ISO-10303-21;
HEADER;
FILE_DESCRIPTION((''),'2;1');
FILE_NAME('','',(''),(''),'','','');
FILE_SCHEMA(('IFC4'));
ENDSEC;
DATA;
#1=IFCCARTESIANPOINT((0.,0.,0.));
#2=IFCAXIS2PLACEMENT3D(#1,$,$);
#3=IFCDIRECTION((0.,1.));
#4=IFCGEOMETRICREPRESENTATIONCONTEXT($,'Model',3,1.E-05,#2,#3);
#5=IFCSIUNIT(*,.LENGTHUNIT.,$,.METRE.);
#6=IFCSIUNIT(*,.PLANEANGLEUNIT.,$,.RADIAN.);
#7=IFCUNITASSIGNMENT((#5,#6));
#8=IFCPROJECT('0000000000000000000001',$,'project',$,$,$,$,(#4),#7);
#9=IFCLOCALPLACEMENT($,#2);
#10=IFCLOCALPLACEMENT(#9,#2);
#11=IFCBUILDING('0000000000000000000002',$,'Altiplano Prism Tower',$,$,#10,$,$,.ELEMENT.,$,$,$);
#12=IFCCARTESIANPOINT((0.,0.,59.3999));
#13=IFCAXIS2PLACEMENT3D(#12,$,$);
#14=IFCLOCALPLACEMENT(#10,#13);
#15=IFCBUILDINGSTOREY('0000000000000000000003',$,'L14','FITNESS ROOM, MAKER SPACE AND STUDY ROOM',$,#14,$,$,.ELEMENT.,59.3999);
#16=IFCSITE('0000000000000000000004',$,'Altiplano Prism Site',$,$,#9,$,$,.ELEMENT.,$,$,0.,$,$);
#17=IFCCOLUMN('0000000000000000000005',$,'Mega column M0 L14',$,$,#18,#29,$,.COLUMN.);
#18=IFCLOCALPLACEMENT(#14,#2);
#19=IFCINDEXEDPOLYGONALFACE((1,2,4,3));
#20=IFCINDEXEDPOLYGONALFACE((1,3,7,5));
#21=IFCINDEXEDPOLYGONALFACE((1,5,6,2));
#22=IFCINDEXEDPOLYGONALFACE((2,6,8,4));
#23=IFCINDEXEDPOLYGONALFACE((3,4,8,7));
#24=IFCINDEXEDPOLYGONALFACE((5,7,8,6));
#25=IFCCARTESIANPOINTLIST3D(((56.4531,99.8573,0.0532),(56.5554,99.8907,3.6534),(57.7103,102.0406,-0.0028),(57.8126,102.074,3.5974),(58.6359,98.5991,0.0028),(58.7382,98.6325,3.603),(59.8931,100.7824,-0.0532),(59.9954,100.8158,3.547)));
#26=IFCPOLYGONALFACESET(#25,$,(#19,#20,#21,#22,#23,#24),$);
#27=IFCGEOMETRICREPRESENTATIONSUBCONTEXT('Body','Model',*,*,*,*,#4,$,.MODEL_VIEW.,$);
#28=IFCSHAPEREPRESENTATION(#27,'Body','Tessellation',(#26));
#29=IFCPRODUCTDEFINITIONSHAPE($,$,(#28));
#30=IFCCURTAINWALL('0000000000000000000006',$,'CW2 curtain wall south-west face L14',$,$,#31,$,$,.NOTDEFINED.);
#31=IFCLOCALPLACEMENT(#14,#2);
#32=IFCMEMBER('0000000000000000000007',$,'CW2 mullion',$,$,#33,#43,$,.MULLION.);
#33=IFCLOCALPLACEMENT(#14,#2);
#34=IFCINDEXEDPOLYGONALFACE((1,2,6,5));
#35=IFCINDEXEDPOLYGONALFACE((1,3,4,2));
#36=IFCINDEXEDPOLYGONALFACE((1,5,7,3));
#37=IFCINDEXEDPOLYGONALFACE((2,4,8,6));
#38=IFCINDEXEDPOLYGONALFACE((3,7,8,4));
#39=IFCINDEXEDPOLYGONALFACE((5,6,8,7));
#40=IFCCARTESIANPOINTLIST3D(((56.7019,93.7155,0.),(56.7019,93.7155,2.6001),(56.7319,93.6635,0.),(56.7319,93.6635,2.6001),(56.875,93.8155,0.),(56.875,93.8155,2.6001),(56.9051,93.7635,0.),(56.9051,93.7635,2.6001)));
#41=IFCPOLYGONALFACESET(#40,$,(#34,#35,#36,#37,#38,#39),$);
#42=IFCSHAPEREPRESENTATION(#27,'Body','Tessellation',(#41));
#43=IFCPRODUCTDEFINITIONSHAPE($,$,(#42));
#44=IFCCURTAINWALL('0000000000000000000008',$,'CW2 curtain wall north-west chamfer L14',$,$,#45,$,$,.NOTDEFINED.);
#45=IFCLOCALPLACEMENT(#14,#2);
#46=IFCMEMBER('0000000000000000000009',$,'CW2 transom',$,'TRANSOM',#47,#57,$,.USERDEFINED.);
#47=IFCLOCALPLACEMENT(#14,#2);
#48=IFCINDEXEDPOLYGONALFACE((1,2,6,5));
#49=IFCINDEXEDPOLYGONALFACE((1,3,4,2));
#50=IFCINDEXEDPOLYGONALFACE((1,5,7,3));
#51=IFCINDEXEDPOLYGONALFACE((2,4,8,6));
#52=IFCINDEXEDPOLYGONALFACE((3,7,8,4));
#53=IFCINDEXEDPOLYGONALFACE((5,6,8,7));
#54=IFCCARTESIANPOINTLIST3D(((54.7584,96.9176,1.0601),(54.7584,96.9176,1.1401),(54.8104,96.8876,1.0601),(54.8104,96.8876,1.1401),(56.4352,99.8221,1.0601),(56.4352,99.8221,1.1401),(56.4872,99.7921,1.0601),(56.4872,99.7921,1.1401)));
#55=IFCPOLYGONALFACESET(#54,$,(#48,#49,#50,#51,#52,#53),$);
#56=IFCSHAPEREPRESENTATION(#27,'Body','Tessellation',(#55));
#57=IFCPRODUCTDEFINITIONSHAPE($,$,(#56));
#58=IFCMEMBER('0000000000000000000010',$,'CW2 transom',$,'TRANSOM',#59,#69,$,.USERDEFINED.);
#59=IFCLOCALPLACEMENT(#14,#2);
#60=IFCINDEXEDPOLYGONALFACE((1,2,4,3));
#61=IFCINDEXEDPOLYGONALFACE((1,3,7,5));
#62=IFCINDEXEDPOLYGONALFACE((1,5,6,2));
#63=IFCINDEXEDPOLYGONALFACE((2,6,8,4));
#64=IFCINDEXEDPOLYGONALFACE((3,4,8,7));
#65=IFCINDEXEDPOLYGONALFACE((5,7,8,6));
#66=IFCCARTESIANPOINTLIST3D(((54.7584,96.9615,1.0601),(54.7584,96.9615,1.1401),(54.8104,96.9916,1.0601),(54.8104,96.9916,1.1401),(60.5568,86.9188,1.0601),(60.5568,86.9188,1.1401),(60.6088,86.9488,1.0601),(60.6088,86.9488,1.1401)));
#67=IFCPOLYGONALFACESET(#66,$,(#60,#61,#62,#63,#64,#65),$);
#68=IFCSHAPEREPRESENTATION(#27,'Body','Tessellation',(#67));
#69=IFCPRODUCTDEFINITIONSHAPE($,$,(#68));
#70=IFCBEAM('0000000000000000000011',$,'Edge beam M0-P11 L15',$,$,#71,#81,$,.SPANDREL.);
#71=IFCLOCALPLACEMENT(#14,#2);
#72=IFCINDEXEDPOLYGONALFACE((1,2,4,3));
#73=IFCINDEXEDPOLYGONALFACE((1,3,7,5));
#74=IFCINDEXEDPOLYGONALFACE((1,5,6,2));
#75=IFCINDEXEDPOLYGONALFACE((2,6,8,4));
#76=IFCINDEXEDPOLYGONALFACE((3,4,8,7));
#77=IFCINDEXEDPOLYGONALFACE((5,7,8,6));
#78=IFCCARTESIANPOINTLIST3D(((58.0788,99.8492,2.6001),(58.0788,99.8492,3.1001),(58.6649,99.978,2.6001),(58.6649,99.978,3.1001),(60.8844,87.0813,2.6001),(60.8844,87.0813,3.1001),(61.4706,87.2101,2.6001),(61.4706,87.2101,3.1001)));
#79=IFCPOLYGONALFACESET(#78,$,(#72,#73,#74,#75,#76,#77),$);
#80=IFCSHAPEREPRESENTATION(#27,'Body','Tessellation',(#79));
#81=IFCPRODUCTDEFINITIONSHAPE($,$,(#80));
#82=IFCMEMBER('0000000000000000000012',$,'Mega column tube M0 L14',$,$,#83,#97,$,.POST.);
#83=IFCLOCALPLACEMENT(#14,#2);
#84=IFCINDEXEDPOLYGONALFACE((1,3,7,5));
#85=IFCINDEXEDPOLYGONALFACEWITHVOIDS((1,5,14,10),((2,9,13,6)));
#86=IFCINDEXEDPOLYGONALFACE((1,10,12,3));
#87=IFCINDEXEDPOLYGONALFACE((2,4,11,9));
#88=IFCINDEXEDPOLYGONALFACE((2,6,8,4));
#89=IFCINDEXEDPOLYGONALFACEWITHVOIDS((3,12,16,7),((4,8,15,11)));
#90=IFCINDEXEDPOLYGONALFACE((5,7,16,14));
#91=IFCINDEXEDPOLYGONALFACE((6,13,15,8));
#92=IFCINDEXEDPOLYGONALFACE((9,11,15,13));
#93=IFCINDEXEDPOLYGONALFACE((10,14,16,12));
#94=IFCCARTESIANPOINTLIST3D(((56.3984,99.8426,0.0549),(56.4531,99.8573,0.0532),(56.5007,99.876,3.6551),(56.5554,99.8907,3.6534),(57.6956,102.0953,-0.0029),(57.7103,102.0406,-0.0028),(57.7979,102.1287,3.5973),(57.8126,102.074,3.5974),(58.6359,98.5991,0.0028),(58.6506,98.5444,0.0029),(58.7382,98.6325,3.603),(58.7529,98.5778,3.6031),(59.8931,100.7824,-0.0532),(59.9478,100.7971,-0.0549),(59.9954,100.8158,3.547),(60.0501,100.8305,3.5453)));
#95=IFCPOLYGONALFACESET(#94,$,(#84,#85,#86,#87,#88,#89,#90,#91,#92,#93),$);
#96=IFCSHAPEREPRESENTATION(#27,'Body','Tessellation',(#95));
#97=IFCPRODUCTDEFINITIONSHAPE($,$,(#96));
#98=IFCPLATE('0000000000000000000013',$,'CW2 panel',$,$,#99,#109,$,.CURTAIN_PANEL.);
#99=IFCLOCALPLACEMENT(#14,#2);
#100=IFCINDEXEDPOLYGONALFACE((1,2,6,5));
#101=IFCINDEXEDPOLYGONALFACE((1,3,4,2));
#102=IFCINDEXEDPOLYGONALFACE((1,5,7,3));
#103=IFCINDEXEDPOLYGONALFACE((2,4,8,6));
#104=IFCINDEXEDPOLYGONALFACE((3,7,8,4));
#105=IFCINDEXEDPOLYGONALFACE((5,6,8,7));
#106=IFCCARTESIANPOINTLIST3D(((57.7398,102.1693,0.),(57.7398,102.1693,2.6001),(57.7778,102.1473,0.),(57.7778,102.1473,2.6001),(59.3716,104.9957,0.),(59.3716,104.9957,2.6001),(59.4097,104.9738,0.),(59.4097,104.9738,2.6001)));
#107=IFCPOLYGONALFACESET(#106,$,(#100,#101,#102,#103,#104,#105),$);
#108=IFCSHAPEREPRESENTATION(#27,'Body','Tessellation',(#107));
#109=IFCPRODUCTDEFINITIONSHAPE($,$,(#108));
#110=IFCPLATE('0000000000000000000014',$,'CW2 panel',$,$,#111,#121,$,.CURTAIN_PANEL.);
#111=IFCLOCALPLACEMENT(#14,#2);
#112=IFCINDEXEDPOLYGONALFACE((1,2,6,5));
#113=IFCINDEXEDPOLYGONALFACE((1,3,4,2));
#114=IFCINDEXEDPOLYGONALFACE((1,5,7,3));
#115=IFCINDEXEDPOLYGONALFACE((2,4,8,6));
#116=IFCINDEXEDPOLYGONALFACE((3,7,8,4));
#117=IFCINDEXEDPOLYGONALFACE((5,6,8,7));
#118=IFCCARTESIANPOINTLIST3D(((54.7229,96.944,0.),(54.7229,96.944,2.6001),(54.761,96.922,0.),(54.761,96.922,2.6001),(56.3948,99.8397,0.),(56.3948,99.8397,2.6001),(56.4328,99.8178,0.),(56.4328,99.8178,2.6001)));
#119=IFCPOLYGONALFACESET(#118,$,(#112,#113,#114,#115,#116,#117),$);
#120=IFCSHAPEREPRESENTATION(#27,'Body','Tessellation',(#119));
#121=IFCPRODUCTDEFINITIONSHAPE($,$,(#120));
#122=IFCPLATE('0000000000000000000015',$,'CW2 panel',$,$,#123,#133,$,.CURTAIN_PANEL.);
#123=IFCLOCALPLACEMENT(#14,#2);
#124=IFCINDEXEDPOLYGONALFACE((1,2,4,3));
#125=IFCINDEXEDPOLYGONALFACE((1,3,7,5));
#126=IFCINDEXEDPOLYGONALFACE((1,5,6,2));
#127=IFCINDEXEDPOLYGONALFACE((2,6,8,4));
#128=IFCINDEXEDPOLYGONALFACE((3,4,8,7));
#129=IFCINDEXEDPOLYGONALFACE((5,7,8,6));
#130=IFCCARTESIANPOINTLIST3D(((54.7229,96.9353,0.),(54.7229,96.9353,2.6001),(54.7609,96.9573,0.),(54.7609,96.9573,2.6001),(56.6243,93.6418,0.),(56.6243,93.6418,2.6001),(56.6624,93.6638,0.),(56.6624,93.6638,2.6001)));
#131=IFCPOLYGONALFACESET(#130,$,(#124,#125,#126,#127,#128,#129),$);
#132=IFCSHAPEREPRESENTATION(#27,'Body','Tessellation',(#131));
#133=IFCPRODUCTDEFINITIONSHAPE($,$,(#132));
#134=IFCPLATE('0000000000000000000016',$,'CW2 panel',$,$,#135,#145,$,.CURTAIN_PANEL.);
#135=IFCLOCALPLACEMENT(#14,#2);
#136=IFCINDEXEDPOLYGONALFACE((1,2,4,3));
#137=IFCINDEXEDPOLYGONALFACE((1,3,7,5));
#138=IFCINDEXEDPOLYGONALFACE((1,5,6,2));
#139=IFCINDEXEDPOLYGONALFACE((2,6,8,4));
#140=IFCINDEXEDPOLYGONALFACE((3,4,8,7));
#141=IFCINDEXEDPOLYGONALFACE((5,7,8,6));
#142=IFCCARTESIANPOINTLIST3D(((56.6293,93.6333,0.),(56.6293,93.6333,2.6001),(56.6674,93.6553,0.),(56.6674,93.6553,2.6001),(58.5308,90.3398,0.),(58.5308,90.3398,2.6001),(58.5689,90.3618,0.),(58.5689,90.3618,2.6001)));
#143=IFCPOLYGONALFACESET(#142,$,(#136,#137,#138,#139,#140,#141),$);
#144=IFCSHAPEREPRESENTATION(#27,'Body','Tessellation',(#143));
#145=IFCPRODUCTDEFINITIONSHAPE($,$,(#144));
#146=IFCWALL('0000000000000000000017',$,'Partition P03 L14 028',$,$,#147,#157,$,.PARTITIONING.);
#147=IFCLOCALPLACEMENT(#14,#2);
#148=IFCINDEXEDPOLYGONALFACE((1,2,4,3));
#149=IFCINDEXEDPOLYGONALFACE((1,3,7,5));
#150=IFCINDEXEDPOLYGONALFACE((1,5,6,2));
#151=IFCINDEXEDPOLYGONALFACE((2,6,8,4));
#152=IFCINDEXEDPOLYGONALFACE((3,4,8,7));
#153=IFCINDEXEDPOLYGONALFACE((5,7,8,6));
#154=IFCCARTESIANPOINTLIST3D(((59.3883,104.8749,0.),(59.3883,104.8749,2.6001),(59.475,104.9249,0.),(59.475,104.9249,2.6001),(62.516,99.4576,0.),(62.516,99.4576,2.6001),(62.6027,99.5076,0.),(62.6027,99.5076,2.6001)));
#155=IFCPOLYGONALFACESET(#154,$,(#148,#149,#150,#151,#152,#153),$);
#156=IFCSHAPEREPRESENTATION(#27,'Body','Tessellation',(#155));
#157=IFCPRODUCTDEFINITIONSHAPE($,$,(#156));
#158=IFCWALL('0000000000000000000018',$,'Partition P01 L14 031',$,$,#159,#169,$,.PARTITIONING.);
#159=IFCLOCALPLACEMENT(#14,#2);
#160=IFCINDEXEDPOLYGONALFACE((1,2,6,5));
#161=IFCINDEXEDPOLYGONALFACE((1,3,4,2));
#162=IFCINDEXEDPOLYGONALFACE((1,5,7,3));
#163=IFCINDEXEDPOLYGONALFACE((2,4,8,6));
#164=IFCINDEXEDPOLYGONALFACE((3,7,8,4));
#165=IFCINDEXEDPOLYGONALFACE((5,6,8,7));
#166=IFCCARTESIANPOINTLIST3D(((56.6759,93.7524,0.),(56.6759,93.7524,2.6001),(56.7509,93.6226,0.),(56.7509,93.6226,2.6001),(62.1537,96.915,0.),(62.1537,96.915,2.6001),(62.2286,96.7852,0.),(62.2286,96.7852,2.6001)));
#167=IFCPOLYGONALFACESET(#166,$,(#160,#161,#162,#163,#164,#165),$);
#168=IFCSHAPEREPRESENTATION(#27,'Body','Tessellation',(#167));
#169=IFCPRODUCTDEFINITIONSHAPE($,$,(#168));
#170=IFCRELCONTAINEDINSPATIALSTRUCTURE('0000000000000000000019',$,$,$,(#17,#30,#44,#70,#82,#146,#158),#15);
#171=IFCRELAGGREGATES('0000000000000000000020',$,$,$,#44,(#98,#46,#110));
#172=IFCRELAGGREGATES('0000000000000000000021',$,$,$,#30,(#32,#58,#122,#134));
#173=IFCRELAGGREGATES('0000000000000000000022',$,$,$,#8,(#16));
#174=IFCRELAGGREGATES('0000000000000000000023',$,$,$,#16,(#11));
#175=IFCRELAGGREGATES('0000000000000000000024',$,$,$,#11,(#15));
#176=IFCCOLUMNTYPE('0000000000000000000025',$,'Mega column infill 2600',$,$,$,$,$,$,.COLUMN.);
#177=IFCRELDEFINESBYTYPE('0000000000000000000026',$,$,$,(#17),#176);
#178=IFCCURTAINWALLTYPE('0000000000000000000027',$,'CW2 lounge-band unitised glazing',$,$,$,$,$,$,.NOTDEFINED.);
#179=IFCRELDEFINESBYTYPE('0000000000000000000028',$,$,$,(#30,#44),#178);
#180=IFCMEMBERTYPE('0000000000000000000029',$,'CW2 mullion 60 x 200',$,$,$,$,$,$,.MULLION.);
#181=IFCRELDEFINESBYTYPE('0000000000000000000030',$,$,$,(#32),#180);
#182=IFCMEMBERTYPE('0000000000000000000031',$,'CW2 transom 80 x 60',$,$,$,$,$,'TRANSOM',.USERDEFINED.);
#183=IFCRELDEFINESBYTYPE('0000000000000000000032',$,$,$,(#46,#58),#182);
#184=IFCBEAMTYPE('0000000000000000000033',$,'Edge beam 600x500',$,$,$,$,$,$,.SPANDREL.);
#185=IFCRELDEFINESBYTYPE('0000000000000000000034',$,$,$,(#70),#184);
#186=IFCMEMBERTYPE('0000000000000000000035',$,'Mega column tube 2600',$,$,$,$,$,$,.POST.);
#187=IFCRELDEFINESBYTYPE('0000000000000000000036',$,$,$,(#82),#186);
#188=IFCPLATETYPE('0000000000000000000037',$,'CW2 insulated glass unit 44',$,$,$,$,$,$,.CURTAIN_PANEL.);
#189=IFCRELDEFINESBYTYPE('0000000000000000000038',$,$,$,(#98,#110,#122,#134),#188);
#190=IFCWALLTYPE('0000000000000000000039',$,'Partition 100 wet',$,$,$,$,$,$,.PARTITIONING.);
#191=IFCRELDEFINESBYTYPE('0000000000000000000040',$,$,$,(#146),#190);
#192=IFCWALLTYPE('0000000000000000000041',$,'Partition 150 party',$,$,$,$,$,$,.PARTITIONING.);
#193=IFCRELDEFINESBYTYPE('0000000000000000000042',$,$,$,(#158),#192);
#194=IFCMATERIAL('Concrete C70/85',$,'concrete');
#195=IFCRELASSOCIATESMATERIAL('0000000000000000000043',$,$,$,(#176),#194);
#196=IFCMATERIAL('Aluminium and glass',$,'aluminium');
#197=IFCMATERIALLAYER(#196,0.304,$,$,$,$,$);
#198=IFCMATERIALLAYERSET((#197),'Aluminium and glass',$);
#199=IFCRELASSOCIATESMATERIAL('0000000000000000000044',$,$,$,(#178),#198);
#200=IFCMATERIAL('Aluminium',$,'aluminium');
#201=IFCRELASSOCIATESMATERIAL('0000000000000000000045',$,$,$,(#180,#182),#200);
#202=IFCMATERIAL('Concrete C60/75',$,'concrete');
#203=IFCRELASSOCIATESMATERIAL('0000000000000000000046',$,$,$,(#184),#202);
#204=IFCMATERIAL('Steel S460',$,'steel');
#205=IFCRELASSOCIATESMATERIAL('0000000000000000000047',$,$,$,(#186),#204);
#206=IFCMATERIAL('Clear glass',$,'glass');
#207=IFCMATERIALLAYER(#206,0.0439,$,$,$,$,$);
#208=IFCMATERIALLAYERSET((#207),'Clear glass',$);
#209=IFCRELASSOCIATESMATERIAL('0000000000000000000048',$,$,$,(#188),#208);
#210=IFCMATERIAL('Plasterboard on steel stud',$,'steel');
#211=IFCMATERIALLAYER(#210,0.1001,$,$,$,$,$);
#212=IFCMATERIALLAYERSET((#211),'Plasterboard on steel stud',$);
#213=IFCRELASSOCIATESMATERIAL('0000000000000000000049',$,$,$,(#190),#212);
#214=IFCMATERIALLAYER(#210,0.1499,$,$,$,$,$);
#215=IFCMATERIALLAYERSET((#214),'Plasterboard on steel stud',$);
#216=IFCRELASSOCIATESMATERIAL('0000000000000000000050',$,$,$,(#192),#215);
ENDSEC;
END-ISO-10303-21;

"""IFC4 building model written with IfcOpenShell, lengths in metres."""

from ifc_helpers import new_model, si_unit, direction, frame, frame_2d, origin, origin_2d, place, context, subcontext, project, spatial, rectangle, hollow_rectangle, extrude, material, layer, layer_set, material_profile, profile_set, type_object, element, aggregate, save


model = new_model("IFC4")

# Units and contexts
model_context = context("Model", 3, precision=1e-05, world=origin(), true_north=direction((0.0, 1.0)))
body_context = subcontext(model_context, "Body", "Model", "MODEL_VIEW")
ifc_project = project(units=[si_unit("LENGTHUNIT", "METRE"), si_unit("PLANEANGLEUNIT", "RADIAN")], contexts=[model_context])

# Site, building, storey
site_placement = place(None, origin())
site = spatial("IfcSite", under=ifc_project, at=site_placement, Name="Altiplano Prism Site", CompositionType="ELEMENT", RefElevation=0.0)
building_placement = place(site_placement, origin())
building = spatial("IfcBuilding", under=site, at=building_placement, Name="Altiplano Prism Tower", CompositionType="ELEMENT")
storey_placement = place(building_placement, frame((0.0, 0.0, 59.3999)))
storey = spatial("IfcBuildingStorey", under=building, at=storey_placement, Name="L14", Description="FITNESS ROOM, MAKER SPACE AND STUDY ROOM", CompositionType="ELEMENT", Elevation=59.3999)

# Column
ifc_material_1 = material(Name="Concrete C70/85", Category="concrete")
ifc_material_profile_1 = material_profile(ifc_material_1, rectangle(XDim=2.52, YDim=2.52, at=origin_2d()), Name="Mega column infill 2600")
ifc_profile_set_1 = profile_set([ifc_material_profile_1], Name="Concrete C70/85")
column_type = type_object("IfcColumnType", Name="Mega column infill 2600", PredefinedType="COLUMN", material=ifc_profile_set_1)
column_placement = place(storey_placement, frame((58.1731, 100.3198, 0.0), z_axis=(0.028402, 0.009287, 0.999553), x_axis=(-0.866202, 0.499295, 0.019974)))
element("IfcColumn", 1, at=column_placement, inside=storey, type_object=column_type, Name="Mega column M0 L14", PredefinedType="COLUMN", context=body_context, shape_type="SweptSolid", body=[
    extrude(rectangle(XDim=2.52, YDim=2.52, at=origin_2d()), origin(), (0.0, 0.0, 1.0), 3.6018),
])

# Curtain walls, members
ifc_material_2 = material(Name="Aluminium and glass", Category="aluminium")
ifc_layer_1 = layer(ifc_material_2, 0.304)
ifc_layer_set_1 = layer_set([ifc_layer_1], Name="Aluminium and glass")
curtain_wall_type = type_object("IfcCurtainWallType", Name="CW2 lounge-band unitised glazing", PredefinedType="NOTDEFINED", material=ifc_layer_set_1)
curtain_wall_1_placement = place(storey_placement, origin())
curtain_wall_1 = element("IfcCurtainWall", 2, at=curtain_wall_1_placement, inside=storey, type_object=curtain_wall_type, Name="CW2 curtain wall south-west face L14", PredefinedType="NOTDEFINED")
ifc_material_3 = material(Name="Aluminium", Category="aluminium")
ifc_material_profile_2 = material_profile(ifc_material_3, rectangle(XDim=0.2, YDim=0.0601, at=origin_2d()), Name="CW2 mullion 60 x 200")
ifc_profile_set_2 = profile_set([ifc_material_profile_2], Name="Aluminium")
member_type_1 = type_object("IfcMemberType", Name="CW2 mullion 60 x 200", PredefinedType="MULLION", material=ifc_profile_set_2)
member_1_placement = place(storey_placement, frame((56.8035, 93.7395, 0.0), z_axis=(0.0, 0.0, 1.0), x_axis=(0.866025, 0.5, 0.0)))
member_1 = element("IfcMember", 3, at=member_1_placement, type_object=member_type_1, Name="CW2 mullion", PredefinedType="MULLION", context=body_context, shape_type="SweptSolid", body=[
    extrude(rectangle(XDim=0.2, YDim=0.0601, at=origin_2d()), origin(), (0.0, 0.0, 1.0), 2.6001),
])
curtain_wall_2_placement = place(storey_placement, origin())
curtain_wall_2 = element("IfcCurtainWall", 4, at=curtain_wall_2_placement, inside=storey, type_object=curtain_wall_type, Name="CW2 curtain wall north-west chamfer L14", PredefinedType="NOTDEFINED")
ifc_material_profile_3 = material_profile(ifc_material_3, rectangle(XDim=0.0601, YDim=0.0801, at=origin_2d()), Name="CW2 transom 80 x 60")
ifc_profile_set_3 = profile_set([ifc_material_profile_3], Name="Aluminium")
member_type_2 = type_object("IfcMemberType", Name="CW2 transom 80 x 60", ElementType="TRANSOM", PredefinedType="USERDEFINED", material=ifc_profile_set_3)
member_2_placement = place(storey_placement, frame((56.4612, 99.8071, 1.1001), z_axis=(-0.49996, -0.866049, 0.0), x_axis=(0.866049, -0.49996, 0.0)))
member_2 = element("IfcMember", 5, at=member_2_placement, type_object=member_type_2, Name="CW2 transom", ObjectType="TRANSOM", PredefinedType="USERDEFINED", context=body_context, shape_type="SweptSolid", body=[
    extrude(rectangle(XDim=0.0601, YDim=0.0801, at=origin_2d()), origin(), (0.0, 0.0, 1.0), 3.3538),
])

# Member
member_3_placement = place(storey_placement, frame((54.7844, 96.9766, 1.1001), z_axis=(0.500011, -0.866019, 0.0), x_axis=(0.866019, 0.500011, 0.0)))
member_3 = element("IfcMember", 6, at=member_3_placement, type_object=member_type_2, Name="CW2 transom", ObjectType="TRANSOM", PredefinedType="USERDEFINED", context=body_context, shape_type="SweptSolid", body=[
    extrude(rectangle(XDim=0.0601, YDim=0.0801, at=origin_2d()), origin(), (0.0, 0.0, 1.0), 11.5964),
])

# Beam
ifc_material_4 = material(Name="Concrete C60/75", Category="concrete")
ifc_material_profile_4 = material_profile(ifc_material_4, rectangle(XDim=0.6001, YDim=0.5, at=origin_2d()), Name="Edge beam 600x500")
ifc_profile_set_4 = profile_set([ifc_material_profile_4], Name="Concrete C60/75")
beam_type = type_object("IfcBeamType", Name="Edge beam 600x500", PredefinedType="SPANDREL", material=ifc_profile_set_4)
beam_placement = place(storey_placement, frame((58.3718, 99.9136, 2.8501), z_axis=(0.214624, -0.976697, 0.0), x_axis=(0.976697, 0.214624, 0.0)))
element("IfcBeam", 7, at=beam_placement, inside=storey, type_object=beam_type, Name="Edge beam M0-P11 L15", PredefinedType="SPANDREL", context=body_context, shape_type="SweptSolid", body=[
    extrude(rectangle(XDim=0.6001, YDim=0.5, at=origin_2d()), origin(), (0.0, 0.0, 1.0), 13.0725),
])

# Member
ifc_material_5 = material(Name="Steel S460", Category="steel")
ifc_material_profile_5 = material_profile(ifc_material_5, hollow_rectangle(XDim=2.6001, YDim=2.6001, WallThickness=0.04, at=origin_2d()), Name="Mega column tube 2600")
ifc_profile_set_5 = profile_set([ifc_material_profile_5], Name="Steel S460")
member_type_3 = type_object("IfcMemberType", Name="Mega column tube 2600", PredefinedType="POST", material=ifc_profile_set_5)
member_4_placement = place(storey_placement, frame((58.1731, 100.3198, 0.0), z_axis=(0.028402, 0.009287, 0.999553), x_axis=(-0.866202, 0.499295, 0.019974)))
element("IfcMember", 8, at=member_4_placement, inside=storey, type_object=member_type_3, Name="Mega column tube M0 L14", PredefinedType="POST", context=body_context, shape_type="SweptSolid", body=[
    extrude(hollow_rectangle(XDim=2.6001, YDim=2.6001, WallThickness=0.04, at=origin_2d()), origin(), (0.0, 0.0, 1.0), 3.6018),
])

# Plates
ifc_material_6 = material(Name="Clear glass", Category="glass")
ifc_layer_2 = layer(ifc_material_6, 0.0439)
ifc_layer_set_2 = layer_set([ifc_layer_2], Name="Clear glass")
plate_type = type_object("IfcPlateType", Name="CW2 insulated glass unit 44", PredefinedType="CURTAIN_PANEL", material=ifc_layer_set_2)
plate_1_placement = place(storey_placement, frame((58.5747, 103.5715, 0.0), z_axis=(0.0, 0.0, 1.0), x_axis=(-0.5, -0.866025, 0.0)))
plate_1 = element("IfcPlate", 9, at=plate_1_placement, type_object=plate_type, Name="CW2 panel", PredefinedType="CURTAIN_PANEL", context=body_context, shape_type="SweptSolid", body=[
    extrude(rectangle(XDim=3.2637, YDim=0.0439, at=origin_2d()), origin(), (0.0, 0.0, 1.0), 2.6001),
])
plate_2_placement = place(storey_placement, frame((55.5779, 98.3809, 0.0), z_axis=(0.0, 0.0, 1.0), x_axis=(-0.5, -0.866025, 0.0)))
plate_2 = element("IfcPlate", 10, at=plate_2_placement, type_object=plate_type, Name="CW2 panel", PredefinedType="CURTAIN_PANEL", context=body_context, shape_type="SweptSolid", body=[
    extrude(rectangle(XDim=3.3438, YDim=0.0439, at=origin_2d()), origin(), (0.0, 0.0, 1.0), 2.6001),
])
aggregate(curtain_wall_2, [plate_1, member_2, plate_2])
plate_3_placement = place(storey_placement, frame((55.6926, 95.2996, 0.0), z_axis=(0.0, 0.0, 1.0), x_axis=(0.5, -0.866025, 0.0)))
plate_3 = element("IfcPlate", 11, at=plate_3_placement, type_object=plate_type, Name="CW2 panel", PredefinedType="CURTAIN_PANEL", context=body_context, shape_type="SweptSolid", body=[
    extrude(rectangle(XDim=3.803, YDim=0.0439, at=origin_2d()), origin(), (0.0, 0.0, 1.0), 2.6001),
])
plate_4_placement = place(storey_placement, frame((57.5991, 91.9976, 0.0), z_axis=(0.0, 0.0, 1.0), x_axis=(0.5, -0.866025, 0.0)))
plate_4 = element("IfcPlate", 12, at=plate_4_placement, type_object=plate_type, Name="CW2 panel", PredefinedType="CURTAIN_PANEL", context=body_context, shape_type="SweptSolid", body=[
    extrude(rectangle(XDim=3.803, YDim=0.0439, at=origin_2d()), origin(), (0.0, 0.0, 1.0), 2.6001),
])
aggregate(curtain_wall_1, [member_1, member_3, plate_3, plate_4])

# Walls
ifc_material_7 = material(Name="Plasterboard on steel stud", Category="steel")
ifc_layer_3 = layer(ifc_material_7, 0.1001)
ifc_layer_set_3 = layer_set([ifc_layer_3], Name="Plasterboard on steel stud")
wall_type_1 = type_object("IfcWallType", Name="Partition 100 wet", PredefinedType="PARTITIONING", material=ifc_layer_set_3)
wall_1_placement = place(storey_placement, frame((59.4316, 104.8999, 0.0), z_axis=(0.0, 0.0, 1.0), x_axis=(0.500005, -0.866022, 0.0)))
element("IfcWall", 13, at=wall_1_placement, inside=storey, type_object=wall_type_1, Name="Partition P03 L14 028", PredefinedType="PARTITIONING", context=body_context, shape_type="SweptSolid", body=[
    extrude(rectangle(XDim=6.2554, YDim=0.1001, at=frame_2d((3.1277, 0.0))), origin(), (0.0, 0.0, 1.0), 2.6001),
])
ifc_layer_4 = layer(ifc_material_7, 0.1499)
ifc_layer_set_4 = layer_set([ifc_layer_4], Name="Plasterboard on steel stud")
wall_type_2 = type_object("IfcWallType", Name="Partition 150 party", PredefinedType="PARTITIONING", material=ifc_layer_set_4)
wall_2_placement = place(storey_placement, frame((56.7134, 93.6875, 0.0), z_axis=(0.0, 0.0, 1.0), x_axis=(0.866026, 0.5, 0.0)))
element("IfcWall", 14, at=wall_2_placement, inside=storey, type_object=wall_type_2, Name="Partition P01 L14 031", PredefinedType="PARTITIONING", context=body_context, shape_type="SweptSolid", body=[
    extrude(rectangle(XDim=6.3252, YDim=0.1499, at=frame_2d((3.1626, 0.0))), origin(), (0.0, 0.0, 1.0), 2.6001),
])

save(model, "model.ifc")
